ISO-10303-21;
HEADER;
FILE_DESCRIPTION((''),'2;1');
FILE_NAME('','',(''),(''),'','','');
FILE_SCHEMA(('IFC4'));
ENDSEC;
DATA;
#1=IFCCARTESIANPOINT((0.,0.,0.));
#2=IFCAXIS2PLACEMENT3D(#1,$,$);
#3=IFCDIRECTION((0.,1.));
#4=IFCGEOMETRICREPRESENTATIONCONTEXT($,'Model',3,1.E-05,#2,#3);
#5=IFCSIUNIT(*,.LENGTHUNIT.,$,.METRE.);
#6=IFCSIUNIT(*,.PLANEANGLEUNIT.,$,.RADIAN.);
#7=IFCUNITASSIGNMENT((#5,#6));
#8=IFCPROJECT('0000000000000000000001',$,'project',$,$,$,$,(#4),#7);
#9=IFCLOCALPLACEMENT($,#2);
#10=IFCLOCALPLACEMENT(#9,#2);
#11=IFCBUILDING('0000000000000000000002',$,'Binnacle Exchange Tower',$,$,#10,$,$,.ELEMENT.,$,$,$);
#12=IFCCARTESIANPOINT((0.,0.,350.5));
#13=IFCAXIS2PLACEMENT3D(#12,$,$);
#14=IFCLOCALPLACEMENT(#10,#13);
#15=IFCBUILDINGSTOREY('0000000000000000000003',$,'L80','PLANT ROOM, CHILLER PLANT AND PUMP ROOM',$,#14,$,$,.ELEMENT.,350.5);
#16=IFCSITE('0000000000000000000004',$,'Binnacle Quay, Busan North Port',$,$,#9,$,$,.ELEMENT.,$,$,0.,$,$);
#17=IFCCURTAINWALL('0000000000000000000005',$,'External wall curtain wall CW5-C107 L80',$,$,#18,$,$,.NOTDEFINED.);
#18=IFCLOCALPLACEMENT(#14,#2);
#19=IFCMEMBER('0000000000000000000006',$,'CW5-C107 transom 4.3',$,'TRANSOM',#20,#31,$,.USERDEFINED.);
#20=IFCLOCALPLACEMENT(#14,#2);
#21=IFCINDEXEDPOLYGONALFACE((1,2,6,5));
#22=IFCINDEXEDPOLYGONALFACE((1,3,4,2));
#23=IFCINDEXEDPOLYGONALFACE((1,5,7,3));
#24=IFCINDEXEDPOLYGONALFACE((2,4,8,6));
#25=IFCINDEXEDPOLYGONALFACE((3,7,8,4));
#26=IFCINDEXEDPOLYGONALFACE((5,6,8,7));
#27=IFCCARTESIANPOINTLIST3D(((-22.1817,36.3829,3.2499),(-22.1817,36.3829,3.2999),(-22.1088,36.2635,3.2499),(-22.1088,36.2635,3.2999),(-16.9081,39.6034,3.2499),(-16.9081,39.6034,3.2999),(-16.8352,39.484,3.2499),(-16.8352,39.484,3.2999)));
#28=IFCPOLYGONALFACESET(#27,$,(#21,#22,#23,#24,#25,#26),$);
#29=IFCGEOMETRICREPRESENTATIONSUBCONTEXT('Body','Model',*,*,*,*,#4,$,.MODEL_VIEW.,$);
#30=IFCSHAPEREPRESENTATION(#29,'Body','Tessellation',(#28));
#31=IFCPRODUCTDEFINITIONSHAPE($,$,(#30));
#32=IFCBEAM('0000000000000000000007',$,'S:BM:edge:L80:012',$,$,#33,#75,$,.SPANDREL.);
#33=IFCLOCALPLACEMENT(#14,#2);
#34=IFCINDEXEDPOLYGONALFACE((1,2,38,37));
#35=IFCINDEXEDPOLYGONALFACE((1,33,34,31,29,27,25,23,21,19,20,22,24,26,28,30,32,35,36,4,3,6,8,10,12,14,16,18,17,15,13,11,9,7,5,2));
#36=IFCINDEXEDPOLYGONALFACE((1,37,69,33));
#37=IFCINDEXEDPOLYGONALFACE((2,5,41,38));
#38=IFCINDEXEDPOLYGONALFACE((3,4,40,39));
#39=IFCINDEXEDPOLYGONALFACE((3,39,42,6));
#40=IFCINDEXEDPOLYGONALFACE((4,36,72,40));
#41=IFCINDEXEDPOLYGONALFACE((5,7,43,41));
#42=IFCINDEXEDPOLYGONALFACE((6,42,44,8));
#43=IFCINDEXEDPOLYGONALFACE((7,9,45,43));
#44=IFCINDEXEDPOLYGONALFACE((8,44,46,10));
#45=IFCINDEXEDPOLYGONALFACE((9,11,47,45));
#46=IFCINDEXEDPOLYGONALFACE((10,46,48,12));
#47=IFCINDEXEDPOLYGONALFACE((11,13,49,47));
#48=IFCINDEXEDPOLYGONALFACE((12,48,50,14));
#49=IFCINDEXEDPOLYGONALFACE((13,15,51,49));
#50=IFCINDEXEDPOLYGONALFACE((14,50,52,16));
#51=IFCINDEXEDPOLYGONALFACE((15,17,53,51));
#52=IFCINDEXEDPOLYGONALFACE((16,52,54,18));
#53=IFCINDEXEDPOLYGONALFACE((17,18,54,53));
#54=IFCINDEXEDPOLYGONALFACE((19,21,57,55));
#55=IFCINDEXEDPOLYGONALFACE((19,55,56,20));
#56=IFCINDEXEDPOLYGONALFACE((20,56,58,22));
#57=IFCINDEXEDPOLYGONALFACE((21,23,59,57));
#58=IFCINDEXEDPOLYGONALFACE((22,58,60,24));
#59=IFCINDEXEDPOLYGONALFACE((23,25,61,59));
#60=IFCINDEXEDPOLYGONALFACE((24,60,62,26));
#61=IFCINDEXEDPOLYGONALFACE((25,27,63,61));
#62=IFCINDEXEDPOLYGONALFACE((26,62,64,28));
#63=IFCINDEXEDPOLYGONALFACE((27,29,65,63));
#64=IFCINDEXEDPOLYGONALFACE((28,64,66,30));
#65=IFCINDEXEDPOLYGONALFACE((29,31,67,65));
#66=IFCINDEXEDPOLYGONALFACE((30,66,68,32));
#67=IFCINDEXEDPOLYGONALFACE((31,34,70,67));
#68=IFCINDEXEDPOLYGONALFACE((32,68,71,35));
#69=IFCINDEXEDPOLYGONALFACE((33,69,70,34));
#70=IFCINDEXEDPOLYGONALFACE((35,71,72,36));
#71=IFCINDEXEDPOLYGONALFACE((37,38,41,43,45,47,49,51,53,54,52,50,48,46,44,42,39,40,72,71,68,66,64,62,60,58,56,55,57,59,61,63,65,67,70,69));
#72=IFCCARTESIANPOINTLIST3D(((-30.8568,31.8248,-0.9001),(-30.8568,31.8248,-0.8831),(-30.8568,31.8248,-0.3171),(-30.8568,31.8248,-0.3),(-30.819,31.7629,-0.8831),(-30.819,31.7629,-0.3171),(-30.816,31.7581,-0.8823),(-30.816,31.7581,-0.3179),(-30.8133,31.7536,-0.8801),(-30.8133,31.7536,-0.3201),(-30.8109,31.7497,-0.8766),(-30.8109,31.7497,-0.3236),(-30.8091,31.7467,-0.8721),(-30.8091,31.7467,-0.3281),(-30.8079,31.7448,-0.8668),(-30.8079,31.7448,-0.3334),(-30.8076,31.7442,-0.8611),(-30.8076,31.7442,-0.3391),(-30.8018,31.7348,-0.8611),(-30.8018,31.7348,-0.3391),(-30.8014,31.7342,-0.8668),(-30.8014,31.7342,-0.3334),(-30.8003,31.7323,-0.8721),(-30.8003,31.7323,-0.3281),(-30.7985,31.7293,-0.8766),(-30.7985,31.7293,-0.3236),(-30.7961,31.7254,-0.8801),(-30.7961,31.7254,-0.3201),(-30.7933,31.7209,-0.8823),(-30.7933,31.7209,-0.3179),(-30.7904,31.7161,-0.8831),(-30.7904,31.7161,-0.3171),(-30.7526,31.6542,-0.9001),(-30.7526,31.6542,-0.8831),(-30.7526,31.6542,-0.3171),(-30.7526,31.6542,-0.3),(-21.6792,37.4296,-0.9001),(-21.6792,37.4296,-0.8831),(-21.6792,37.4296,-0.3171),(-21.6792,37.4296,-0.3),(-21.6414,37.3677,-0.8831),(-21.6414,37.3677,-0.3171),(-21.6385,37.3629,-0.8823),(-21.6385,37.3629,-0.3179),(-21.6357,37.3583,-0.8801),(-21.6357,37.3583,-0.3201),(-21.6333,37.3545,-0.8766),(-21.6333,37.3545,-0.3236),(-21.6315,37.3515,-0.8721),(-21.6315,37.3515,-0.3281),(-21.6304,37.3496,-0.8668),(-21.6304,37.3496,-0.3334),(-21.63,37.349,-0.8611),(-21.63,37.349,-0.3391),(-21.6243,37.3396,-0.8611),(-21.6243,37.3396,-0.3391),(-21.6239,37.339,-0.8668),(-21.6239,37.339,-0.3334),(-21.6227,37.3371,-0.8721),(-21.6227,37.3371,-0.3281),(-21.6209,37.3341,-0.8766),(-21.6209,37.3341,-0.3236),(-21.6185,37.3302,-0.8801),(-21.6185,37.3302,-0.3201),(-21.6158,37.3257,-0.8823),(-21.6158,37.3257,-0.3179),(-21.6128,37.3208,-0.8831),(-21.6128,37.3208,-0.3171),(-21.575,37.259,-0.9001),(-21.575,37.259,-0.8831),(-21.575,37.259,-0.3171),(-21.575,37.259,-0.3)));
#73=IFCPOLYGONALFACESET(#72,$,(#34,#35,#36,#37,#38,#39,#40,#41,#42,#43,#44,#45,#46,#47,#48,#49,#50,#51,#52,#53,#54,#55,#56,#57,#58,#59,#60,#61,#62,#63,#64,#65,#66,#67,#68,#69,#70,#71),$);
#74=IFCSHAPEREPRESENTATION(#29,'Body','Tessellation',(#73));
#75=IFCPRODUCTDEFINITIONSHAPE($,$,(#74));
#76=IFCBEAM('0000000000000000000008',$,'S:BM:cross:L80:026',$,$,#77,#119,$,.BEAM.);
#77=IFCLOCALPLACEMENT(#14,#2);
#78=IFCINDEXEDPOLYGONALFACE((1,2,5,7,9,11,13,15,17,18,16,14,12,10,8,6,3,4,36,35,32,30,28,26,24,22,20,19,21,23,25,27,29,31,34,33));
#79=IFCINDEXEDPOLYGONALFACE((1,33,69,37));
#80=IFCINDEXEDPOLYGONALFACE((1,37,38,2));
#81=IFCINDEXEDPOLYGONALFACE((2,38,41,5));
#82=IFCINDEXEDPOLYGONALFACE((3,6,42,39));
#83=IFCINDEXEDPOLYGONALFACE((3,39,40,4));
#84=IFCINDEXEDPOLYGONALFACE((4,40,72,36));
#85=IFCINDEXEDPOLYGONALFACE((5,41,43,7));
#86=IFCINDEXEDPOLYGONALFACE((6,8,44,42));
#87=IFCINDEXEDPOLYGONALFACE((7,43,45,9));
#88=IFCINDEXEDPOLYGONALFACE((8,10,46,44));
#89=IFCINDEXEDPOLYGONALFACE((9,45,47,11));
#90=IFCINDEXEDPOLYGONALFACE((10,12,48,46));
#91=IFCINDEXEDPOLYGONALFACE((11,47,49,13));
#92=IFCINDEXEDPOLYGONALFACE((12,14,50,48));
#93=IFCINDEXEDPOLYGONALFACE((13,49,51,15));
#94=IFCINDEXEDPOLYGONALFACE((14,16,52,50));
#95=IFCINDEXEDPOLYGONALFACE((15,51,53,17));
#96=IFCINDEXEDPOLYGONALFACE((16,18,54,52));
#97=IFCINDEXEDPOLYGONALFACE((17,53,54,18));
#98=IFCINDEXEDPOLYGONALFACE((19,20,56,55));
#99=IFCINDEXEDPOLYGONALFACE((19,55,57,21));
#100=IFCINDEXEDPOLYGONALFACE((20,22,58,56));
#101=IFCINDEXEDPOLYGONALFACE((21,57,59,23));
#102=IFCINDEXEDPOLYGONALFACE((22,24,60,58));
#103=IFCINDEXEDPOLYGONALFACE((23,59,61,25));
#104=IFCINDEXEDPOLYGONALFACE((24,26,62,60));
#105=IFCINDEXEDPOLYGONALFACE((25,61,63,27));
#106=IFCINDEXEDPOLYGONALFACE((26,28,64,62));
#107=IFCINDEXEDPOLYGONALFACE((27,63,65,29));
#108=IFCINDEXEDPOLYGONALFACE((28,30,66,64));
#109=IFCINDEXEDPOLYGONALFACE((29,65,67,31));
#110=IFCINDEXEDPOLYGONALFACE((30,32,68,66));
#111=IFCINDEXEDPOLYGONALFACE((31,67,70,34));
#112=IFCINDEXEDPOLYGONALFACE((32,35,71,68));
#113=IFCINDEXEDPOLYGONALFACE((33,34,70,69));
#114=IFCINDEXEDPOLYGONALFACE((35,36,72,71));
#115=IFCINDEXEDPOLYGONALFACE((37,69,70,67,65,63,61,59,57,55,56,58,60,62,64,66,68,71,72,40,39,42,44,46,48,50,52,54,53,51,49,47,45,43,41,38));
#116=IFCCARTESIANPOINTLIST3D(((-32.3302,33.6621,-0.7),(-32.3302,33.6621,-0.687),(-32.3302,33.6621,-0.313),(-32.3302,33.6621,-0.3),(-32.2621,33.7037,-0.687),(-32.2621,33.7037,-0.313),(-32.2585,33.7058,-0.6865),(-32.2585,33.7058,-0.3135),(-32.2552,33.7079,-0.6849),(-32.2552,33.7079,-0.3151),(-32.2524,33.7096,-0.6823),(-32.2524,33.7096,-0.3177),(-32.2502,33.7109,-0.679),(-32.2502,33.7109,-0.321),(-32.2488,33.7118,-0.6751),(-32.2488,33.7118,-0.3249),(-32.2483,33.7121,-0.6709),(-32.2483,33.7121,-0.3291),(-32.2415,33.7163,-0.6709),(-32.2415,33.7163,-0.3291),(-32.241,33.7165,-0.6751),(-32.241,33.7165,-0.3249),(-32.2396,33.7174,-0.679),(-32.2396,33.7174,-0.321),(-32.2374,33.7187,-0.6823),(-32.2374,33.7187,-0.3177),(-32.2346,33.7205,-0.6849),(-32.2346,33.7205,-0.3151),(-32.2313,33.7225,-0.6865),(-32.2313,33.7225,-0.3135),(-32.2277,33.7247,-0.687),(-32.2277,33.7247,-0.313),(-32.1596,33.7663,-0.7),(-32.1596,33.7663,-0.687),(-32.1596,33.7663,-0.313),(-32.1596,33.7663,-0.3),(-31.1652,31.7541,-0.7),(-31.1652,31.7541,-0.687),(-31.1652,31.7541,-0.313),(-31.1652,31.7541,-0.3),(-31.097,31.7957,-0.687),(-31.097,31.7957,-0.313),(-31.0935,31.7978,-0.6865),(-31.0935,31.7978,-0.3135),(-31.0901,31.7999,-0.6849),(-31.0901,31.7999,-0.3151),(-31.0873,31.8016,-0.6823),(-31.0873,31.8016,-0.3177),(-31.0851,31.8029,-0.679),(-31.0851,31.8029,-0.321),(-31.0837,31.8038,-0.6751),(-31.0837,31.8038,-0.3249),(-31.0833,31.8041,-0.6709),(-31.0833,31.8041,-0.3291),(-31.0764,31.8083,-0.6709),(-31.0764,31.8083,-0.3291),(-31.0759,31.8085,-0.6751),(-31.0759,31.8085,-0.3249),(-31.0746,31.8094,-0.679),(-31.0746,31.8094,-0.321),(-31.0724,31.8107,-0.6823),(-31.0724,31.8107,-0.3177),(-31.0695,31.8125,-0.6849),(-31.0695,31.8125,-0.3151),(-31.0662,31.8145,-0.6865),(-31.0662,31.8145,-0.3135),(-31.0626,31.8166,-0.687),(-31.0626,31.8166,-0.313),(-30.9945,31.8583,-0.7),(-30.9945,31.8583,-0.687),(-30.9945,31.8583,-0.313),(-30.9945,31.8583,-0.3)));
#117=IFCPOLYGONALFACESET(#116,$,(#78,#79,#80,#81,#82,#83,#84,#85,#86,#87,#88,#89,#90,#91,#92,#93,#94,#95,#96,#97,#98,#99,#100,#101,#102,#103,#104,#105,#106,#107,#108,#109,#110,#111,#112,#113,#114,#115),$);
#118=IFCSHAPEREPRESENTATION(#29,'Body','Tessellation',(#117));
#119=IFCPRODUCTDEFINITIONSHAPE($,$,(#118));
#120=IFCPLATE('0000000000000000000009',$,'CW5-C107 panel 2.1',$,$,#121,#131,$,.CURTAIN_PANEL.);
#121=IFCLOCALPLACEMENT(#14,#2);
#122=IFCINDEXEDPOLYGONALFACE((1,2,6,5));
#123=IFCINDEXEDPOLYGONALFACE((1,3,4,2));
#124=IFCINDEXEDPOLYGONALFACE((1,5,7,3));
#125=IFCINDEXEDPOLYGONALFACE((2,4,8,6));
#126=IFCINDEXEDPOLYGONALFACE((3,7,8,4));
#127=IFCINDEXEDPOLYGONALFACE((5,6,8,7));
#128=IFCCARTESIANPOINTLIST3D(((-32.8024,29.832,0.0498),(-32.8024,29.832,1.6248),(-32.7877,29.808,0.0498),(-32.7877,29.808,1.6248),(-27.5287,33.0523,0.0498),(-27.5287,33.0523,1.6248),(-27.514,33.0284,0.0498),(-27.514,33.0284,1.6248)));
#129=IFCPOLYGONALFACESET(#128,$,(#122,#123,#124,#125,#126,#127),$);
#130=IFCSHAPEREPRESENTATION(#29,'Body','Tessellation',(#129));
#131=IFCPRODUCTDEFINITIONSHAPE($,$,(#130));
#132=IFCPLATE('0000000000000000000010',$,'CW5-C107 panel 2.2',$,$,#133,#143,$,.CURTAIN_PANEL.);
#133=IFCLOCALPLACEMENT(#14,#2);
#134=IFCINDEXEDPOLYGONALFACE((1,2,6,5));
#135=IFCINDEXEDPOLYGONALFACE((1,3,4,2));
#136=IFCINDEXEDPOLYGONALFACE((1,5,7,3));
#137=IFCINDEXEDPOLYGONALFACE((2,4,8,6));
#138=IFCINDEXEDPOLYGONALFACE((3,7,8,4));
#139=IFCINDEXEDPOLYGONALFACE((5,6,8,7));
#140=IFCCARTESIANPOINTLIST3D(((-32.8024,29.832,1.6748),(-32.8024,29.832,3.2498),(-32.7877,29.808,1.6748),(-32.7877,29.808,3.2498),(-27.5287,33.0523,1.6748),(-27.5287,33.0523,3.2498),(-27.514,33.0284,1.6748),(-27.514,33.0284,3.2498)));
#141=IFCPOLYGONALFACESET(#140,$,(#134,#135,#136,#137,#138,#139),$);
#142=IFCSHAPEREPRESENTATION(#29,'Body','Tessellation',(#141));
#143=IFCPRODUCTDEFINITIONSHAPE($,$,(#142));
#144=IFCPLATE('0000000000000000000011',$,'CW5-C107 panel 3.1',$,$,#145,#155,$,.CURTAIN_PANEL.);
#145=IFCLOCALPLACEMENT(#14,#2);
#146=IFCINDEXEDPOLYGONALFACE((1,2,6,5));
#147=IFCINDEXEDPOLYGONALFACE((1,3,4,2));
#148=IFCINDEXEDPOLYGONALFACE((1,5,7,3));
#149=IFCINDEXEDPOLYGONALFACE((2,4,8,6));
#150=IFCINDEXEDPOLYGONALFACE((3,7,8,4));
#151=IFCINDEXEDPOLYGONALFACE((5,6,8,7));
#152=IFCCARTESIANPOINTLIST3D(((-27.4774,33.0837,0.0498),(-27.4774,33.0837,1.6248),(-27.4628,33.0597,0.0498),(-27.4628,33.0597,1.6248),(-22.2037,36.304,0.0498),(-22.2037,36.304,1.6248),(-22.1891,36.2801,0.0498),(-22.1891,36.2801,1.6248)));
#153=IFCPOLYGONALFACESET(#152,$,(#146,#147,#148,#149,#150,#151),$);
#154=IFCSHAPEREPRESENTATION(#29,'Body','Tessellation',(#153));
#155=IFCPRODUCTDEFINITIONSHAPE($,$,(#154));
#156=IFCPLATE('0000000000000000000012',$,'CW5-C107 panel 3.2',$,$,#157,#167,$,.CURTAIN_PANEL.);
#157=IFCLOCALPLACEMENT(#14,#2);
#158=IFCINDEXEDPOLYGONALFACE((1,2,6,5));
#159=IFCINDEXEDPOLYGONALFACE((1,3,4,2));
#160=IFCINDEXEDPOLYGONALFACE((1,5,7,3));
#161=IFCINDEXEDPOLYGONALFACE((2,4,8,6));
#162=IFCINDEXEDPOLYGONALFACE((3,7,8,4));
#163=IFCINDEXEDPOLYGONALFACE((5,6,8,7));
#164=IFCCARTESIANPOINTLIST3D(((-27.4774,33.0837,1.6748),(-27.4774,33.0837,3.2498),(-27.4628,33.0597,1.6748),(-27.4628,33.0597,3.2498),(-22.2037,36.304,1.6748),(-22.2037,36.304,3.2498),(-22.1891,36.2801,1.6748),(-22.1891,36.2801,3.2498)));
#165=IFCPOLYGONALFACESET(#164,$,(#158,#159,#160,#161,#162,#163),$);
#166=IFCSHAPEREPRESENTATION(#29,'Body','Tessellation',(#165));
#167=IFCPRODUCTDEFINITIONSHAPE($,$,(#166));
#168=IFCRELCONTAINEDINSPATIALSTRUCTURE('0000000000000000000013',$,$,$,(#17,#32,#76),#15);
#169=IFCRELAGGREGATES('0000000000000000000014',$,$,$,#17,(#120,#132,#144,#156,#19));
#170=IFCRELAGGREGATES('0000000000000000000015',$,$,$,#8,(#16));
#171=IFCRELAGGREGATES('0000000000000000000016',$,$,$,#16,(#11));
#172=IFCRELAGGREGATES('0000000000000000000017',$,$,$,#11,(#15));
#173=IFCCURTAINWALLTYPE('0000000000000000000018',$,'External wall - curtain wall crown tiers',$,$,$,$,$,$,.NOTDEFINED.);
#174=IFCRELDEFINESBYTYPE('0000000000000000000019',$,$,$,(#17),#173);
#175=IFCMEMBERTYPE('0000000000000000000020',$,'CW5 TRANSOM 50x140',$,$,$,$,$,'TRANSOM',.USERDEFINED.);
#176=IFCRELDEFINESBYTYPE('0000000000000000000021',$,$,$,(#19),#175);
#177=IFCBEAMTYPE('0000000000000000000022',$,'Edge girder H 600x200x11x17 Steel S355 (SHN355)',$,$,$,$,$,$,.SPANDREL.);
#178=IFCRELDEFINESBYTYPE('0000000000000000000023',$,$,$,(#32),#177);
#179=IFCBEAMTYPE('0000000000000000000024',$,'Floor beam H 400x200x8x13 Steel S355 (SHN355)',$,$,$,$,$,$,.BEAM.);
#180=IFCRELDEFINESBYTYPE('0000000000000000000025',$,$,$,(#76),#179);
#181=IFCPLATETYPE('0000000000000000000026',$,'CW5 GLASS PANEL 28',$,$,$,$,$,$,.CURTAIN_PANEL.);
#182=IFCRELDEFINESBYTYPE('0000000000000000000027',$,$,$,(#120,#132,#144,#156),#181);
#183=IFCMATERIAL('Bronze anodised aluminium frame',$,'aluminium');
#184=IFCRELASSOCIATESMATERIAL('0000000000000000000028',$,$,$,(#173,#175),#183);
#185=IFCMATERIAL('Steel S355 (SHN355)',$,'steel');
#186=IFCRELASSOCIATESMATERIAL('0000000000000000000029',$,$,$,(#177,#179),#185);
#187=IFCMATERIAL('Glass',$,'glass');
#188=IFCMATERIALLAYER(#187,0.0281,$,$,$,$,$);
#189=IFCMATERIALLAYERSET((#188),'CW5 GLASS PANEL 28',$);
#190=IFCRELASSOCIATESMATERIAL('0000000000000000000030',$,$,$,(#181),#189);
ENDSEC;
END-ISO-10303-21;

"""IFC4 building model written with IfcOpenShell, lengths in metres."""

from ifc_helpers import new_model, si_unit, direction, frame, origin, origin_2d, place, context, subcontext, project, spatial, rectangle, i_section, extrude, material, layer, layer_set, material_profile, profile_set, type_object, element, aggregate, save


model = new_model("IFC4")

# Units and contexts
model_context = context("Model", 3, precision=1e-05, world=origin(), true_north=direction((0.0, 1.0)))
body_context = subcontext(model_context, "Body", "Model", "MODEL_VIEW")
ifc_project = project(units=[si_unit("LENGTHUNIT", "METRE"), si_unit("PLANEANGLEUNIT", "RADIAN")], contexts=[model_context])

# Site, building, storey
site_placement = place(None, origin())
site = spatial("IfcSite", under=ifc_project, at=site_placement, Name="Binnacle Quay, Busan North Port", CompositionType="ELEMENT", RefElevation=0.0)
building_placement = place(site_placement, origin())
building = spatial("IfcBuilding", under=site, at=building_placement, Name="Binnacle Exchange Tower", CompositionType="ELEMENT")
storey_placement = place(building_placement, frame((0.0, 0.0, 350.5)))
storey = spatial("IfcBuildingStorey", under=building, at=storey_placement, Name="L80", Description="PLANT ROOM, CHILLER PLANT AND PUMP ROOM", CompositionType="ELEMENT", Elevation=350.5)

# Shared definitions
ifc_material_1 = material(Name="Steel S355 (SHN355)", Category="steel")

# Curtain wall, member
ifc_material_2 = material(Name="Bronze anodised aluminium frame", Category="aluminium")
curtain_wall_type = type_object("IfcCurtainWallType", Name="External wall - curtain wall crown tiers", PredefinedType="NOTDEFINED", material=ifc_material_2)
curtain_wall_placement = place(storey_placement, origin())
curtain_wall = element("IfcCurtainWall", 1, at=curtain_wall_placement, inside=storey, type_object=curtain_wall_type, Name="External wall curtain wall CW5-C107 L80", PredefinedType="NOTDEFINED")
ifc_material_profile_1 = material_profile(ifc_material_2, rectangle(XDim=0.1399, YDim=0.05, at=origin_2d()), Name="AL 140x50")
ifc_profile_set_1 = profile_set([ifc_material_profile_1], Name="Bronze anodised aluminium frame")
member_type_1 = type_object("IfcMemberType", Name="CW5 TRANSOM 50x140", ElementType="TRANSOM", PredefinedType="USERDEFINED", material=ifc_profile_set_1)
member_1_placement = place(storey_placement, frame((-22.1453, 36.3232, 3.2749), z_axis=(0.853451, 0.521174, 0.0), x_axis=(-0.521174, 0.853451, 0.0)))
member_1 = element("IfcMember", 2, at=member_1_placement, type_object=member_type_1, Name="CW5-C107 transom 4.3", ObjectType="TRANSOM", PredefinedType="USERDEFINED", context=body_context, shape_type="SweptSolid", body=[
    extrude(rectangle(XDim=0.1399, YDim=0.05, at=origin_2d()), origin(), (0.0, 0.0, 1.0), 6.1792),
])

# Beams
ifc_material_profile_2 = material_profile(ifc_material_1, i_section(OverallWidth=0.2, OverallDepth=0.6001, WebThickness=0.011, FlangeThickness=0.0171, FilletRadius=0.022, at=origin_2d()), Name="H 600x200x11x17")
ifc_profile_set_2 = profile_set([ifc_material_profile_2], Name="Steel S355 (SHN355)")
beam_type_1 = type_object("IfcBeamType", Name="Edge girder H 600x200x11x17 Steel S355 (SHN355)", PredefinedType="SPANDREL", material=ifc_profile_set_2)
beam_1_placement = place(storey_placement, frame((-30.8047, 31.7395, -0.6001), z_axis=(0.853436, 0.521197, 0.0), x_axis=(-0.521197, 0.853436, 0.0)))
element("IfcBeam", 3, at=beam_1_placement, inside=storey, type_object=beam_type_1, Name="S:BM:edge:L80:012", PredefinedType="SPANDREL", context=body_context, shape_type="SweptSolid", body=[
    extrude(i_section(OverallWidth=0.2, OverallDepth=0.6001, WebThickness=0.011, FlangeThickness=0.0171, FilletRadius=0.022, at=origin_2d()), origin(), (0.0, 0.0, 1.0), 10.7537),
])
ifc_material_profile_3 = material_profile(ifc_material_1, i_section(OverallWidth=0.2, OverallDepth=0.3999, WebThickness=0.0081, FlangeThickness=0.0129, FilletRadius=0.0161, at=origin_2d()), Name="H 400x200x8x13")
ifc_profile_set_3 = profile_set([ifc_material_profile_3], Name="Steel S355 (SHN355)")
beam_type_2 = type_object("IfcBeamType", Name="Floor beam H 400x200x8x13 Steel S355 (SHN355)", PredefinedType="BEAM", material=ifc_profile_set_3)
beam_2_placement = place(storey_placement, frame((-31.0798, 31.8062, -0.5), z_axis=(-0.521145, 0.853468, 0.0), x_axis=(-0.853468, -0.521145, 0.0)))
element("IfcBeam", 4, at=beam_2_placement, inside=storey, type_object=beam_type_2, Name="S:BM:cross:L80:026", PredefinedType="BEAM", context=body_context, shape_type="SweptSolid", body=[
    extrude(i_section(OverallWidth=0.2, OverallDepth=0.3999, WebThickness=0.0081, FlangeThickness=0.0129, FilletRadius=0.0161, at=origin_2d()), origin(), (0.0, 0.0, 1.0), 2.2356),
])

# Plates
ifc_material_3 = material(Name="Glass", Category="glass")
ifc_layer_1 = layer(ifc_material_3, 0.0281)
ifc_layer_set_1 = layer_set([ifc_layer_1], Name="CW5 GLASS PANEL 28")
plate_type = type_object("IfcPlateType", Name="CW5 GLASS PANEL 28", PredefinedType="CURTAIN_PANEL", material=ifc_layer_set_1)
plate_1_placement = place(storey_placement, frame((-30.1582, 31.4302, 0.0498), z_axis=(0.0, 0.0, 1.0), x_axis=(0.853461, 0.521157, 0.0)))
plate_1 = element("IfcPlate", 5, at=plate_1_placement, type_object=plate_type, Name="CW5-C107 panel 2.1", PredefinedType="CURTAIN_PANEL", context=body_context, shape_type="SweptSolid", body=[
    extrude(rectangle(XDim=6.1792, YDim=0.0281, at=origin_2d()), origin(), (0.0, 0.0, 1.0), 1.575),
])
plate_2_placement = place(storey_placement, frame((-30.1582, 31.4302, 1.6748), z_axis=(0.0, 0.0, 1.0), x_axis=(0.853461, 0.521157, 0.0)))
plate_2 = element("IfcPlate", 6, at=plate_2_placement, type_object=plate_type, Name="CW5-C107 panel 2.2", PredefinedType="CURTAIN_PANEL", context=body_context, shape_type="SweptSolid", body=[
    extrude(rectangle(XDim=6.1792, YDim=0.0281, at=origin_2d()), origin(), (0.0, 0.0, 1.0), 1.575),
])
plate_3_placement = place(storey_placement, frame((-24.8333, 34.6819, 0.0498), z_axis=(0.0, 0.0, 1.0), x_axis=(0.853461, 0.521157, 0.0)))
plate_3 = element("IfcPlate", 7, at=plate_3_placement, type_object=plate_type, Name="CW5-C107 panel 3.1", PredefinedType="CURTAIN_PANEL", context=body_context, shape_type="SweptSolid", body=[
    extrude(rectangle(XDim=6.1792, YDim=0.0281, at=origin_2d()), origin(), (0.0, 0.0, 1.0), 1.575),
])
plate_4_placement = place(storey_placement, frame((-24.8333, 34.6819, 1.6748), z_axis=(0.0, 0.0, 1.0), x_axis=(0.853461, 0.521157, 0.0)))
plate_4 = element("IfcPlate", 8, at=plate_4_placement, type_object=plate_type, Name="CW5-C107 panel 3.2", PredefinedType="CURTAIN_PANEL", context=body_context, shape_type="SweptSolid", body=[
    extrude(rectangle(XDim=6.1792, YDim=0.0281, at=origin_2d()), origin(), (0.0, 0.0, 1.0), 1.575),
])
aggregate(curtain_wall, [plate_1, plate_2, plate_3, plate_4, member_1])

save(model, "model.ifc")
